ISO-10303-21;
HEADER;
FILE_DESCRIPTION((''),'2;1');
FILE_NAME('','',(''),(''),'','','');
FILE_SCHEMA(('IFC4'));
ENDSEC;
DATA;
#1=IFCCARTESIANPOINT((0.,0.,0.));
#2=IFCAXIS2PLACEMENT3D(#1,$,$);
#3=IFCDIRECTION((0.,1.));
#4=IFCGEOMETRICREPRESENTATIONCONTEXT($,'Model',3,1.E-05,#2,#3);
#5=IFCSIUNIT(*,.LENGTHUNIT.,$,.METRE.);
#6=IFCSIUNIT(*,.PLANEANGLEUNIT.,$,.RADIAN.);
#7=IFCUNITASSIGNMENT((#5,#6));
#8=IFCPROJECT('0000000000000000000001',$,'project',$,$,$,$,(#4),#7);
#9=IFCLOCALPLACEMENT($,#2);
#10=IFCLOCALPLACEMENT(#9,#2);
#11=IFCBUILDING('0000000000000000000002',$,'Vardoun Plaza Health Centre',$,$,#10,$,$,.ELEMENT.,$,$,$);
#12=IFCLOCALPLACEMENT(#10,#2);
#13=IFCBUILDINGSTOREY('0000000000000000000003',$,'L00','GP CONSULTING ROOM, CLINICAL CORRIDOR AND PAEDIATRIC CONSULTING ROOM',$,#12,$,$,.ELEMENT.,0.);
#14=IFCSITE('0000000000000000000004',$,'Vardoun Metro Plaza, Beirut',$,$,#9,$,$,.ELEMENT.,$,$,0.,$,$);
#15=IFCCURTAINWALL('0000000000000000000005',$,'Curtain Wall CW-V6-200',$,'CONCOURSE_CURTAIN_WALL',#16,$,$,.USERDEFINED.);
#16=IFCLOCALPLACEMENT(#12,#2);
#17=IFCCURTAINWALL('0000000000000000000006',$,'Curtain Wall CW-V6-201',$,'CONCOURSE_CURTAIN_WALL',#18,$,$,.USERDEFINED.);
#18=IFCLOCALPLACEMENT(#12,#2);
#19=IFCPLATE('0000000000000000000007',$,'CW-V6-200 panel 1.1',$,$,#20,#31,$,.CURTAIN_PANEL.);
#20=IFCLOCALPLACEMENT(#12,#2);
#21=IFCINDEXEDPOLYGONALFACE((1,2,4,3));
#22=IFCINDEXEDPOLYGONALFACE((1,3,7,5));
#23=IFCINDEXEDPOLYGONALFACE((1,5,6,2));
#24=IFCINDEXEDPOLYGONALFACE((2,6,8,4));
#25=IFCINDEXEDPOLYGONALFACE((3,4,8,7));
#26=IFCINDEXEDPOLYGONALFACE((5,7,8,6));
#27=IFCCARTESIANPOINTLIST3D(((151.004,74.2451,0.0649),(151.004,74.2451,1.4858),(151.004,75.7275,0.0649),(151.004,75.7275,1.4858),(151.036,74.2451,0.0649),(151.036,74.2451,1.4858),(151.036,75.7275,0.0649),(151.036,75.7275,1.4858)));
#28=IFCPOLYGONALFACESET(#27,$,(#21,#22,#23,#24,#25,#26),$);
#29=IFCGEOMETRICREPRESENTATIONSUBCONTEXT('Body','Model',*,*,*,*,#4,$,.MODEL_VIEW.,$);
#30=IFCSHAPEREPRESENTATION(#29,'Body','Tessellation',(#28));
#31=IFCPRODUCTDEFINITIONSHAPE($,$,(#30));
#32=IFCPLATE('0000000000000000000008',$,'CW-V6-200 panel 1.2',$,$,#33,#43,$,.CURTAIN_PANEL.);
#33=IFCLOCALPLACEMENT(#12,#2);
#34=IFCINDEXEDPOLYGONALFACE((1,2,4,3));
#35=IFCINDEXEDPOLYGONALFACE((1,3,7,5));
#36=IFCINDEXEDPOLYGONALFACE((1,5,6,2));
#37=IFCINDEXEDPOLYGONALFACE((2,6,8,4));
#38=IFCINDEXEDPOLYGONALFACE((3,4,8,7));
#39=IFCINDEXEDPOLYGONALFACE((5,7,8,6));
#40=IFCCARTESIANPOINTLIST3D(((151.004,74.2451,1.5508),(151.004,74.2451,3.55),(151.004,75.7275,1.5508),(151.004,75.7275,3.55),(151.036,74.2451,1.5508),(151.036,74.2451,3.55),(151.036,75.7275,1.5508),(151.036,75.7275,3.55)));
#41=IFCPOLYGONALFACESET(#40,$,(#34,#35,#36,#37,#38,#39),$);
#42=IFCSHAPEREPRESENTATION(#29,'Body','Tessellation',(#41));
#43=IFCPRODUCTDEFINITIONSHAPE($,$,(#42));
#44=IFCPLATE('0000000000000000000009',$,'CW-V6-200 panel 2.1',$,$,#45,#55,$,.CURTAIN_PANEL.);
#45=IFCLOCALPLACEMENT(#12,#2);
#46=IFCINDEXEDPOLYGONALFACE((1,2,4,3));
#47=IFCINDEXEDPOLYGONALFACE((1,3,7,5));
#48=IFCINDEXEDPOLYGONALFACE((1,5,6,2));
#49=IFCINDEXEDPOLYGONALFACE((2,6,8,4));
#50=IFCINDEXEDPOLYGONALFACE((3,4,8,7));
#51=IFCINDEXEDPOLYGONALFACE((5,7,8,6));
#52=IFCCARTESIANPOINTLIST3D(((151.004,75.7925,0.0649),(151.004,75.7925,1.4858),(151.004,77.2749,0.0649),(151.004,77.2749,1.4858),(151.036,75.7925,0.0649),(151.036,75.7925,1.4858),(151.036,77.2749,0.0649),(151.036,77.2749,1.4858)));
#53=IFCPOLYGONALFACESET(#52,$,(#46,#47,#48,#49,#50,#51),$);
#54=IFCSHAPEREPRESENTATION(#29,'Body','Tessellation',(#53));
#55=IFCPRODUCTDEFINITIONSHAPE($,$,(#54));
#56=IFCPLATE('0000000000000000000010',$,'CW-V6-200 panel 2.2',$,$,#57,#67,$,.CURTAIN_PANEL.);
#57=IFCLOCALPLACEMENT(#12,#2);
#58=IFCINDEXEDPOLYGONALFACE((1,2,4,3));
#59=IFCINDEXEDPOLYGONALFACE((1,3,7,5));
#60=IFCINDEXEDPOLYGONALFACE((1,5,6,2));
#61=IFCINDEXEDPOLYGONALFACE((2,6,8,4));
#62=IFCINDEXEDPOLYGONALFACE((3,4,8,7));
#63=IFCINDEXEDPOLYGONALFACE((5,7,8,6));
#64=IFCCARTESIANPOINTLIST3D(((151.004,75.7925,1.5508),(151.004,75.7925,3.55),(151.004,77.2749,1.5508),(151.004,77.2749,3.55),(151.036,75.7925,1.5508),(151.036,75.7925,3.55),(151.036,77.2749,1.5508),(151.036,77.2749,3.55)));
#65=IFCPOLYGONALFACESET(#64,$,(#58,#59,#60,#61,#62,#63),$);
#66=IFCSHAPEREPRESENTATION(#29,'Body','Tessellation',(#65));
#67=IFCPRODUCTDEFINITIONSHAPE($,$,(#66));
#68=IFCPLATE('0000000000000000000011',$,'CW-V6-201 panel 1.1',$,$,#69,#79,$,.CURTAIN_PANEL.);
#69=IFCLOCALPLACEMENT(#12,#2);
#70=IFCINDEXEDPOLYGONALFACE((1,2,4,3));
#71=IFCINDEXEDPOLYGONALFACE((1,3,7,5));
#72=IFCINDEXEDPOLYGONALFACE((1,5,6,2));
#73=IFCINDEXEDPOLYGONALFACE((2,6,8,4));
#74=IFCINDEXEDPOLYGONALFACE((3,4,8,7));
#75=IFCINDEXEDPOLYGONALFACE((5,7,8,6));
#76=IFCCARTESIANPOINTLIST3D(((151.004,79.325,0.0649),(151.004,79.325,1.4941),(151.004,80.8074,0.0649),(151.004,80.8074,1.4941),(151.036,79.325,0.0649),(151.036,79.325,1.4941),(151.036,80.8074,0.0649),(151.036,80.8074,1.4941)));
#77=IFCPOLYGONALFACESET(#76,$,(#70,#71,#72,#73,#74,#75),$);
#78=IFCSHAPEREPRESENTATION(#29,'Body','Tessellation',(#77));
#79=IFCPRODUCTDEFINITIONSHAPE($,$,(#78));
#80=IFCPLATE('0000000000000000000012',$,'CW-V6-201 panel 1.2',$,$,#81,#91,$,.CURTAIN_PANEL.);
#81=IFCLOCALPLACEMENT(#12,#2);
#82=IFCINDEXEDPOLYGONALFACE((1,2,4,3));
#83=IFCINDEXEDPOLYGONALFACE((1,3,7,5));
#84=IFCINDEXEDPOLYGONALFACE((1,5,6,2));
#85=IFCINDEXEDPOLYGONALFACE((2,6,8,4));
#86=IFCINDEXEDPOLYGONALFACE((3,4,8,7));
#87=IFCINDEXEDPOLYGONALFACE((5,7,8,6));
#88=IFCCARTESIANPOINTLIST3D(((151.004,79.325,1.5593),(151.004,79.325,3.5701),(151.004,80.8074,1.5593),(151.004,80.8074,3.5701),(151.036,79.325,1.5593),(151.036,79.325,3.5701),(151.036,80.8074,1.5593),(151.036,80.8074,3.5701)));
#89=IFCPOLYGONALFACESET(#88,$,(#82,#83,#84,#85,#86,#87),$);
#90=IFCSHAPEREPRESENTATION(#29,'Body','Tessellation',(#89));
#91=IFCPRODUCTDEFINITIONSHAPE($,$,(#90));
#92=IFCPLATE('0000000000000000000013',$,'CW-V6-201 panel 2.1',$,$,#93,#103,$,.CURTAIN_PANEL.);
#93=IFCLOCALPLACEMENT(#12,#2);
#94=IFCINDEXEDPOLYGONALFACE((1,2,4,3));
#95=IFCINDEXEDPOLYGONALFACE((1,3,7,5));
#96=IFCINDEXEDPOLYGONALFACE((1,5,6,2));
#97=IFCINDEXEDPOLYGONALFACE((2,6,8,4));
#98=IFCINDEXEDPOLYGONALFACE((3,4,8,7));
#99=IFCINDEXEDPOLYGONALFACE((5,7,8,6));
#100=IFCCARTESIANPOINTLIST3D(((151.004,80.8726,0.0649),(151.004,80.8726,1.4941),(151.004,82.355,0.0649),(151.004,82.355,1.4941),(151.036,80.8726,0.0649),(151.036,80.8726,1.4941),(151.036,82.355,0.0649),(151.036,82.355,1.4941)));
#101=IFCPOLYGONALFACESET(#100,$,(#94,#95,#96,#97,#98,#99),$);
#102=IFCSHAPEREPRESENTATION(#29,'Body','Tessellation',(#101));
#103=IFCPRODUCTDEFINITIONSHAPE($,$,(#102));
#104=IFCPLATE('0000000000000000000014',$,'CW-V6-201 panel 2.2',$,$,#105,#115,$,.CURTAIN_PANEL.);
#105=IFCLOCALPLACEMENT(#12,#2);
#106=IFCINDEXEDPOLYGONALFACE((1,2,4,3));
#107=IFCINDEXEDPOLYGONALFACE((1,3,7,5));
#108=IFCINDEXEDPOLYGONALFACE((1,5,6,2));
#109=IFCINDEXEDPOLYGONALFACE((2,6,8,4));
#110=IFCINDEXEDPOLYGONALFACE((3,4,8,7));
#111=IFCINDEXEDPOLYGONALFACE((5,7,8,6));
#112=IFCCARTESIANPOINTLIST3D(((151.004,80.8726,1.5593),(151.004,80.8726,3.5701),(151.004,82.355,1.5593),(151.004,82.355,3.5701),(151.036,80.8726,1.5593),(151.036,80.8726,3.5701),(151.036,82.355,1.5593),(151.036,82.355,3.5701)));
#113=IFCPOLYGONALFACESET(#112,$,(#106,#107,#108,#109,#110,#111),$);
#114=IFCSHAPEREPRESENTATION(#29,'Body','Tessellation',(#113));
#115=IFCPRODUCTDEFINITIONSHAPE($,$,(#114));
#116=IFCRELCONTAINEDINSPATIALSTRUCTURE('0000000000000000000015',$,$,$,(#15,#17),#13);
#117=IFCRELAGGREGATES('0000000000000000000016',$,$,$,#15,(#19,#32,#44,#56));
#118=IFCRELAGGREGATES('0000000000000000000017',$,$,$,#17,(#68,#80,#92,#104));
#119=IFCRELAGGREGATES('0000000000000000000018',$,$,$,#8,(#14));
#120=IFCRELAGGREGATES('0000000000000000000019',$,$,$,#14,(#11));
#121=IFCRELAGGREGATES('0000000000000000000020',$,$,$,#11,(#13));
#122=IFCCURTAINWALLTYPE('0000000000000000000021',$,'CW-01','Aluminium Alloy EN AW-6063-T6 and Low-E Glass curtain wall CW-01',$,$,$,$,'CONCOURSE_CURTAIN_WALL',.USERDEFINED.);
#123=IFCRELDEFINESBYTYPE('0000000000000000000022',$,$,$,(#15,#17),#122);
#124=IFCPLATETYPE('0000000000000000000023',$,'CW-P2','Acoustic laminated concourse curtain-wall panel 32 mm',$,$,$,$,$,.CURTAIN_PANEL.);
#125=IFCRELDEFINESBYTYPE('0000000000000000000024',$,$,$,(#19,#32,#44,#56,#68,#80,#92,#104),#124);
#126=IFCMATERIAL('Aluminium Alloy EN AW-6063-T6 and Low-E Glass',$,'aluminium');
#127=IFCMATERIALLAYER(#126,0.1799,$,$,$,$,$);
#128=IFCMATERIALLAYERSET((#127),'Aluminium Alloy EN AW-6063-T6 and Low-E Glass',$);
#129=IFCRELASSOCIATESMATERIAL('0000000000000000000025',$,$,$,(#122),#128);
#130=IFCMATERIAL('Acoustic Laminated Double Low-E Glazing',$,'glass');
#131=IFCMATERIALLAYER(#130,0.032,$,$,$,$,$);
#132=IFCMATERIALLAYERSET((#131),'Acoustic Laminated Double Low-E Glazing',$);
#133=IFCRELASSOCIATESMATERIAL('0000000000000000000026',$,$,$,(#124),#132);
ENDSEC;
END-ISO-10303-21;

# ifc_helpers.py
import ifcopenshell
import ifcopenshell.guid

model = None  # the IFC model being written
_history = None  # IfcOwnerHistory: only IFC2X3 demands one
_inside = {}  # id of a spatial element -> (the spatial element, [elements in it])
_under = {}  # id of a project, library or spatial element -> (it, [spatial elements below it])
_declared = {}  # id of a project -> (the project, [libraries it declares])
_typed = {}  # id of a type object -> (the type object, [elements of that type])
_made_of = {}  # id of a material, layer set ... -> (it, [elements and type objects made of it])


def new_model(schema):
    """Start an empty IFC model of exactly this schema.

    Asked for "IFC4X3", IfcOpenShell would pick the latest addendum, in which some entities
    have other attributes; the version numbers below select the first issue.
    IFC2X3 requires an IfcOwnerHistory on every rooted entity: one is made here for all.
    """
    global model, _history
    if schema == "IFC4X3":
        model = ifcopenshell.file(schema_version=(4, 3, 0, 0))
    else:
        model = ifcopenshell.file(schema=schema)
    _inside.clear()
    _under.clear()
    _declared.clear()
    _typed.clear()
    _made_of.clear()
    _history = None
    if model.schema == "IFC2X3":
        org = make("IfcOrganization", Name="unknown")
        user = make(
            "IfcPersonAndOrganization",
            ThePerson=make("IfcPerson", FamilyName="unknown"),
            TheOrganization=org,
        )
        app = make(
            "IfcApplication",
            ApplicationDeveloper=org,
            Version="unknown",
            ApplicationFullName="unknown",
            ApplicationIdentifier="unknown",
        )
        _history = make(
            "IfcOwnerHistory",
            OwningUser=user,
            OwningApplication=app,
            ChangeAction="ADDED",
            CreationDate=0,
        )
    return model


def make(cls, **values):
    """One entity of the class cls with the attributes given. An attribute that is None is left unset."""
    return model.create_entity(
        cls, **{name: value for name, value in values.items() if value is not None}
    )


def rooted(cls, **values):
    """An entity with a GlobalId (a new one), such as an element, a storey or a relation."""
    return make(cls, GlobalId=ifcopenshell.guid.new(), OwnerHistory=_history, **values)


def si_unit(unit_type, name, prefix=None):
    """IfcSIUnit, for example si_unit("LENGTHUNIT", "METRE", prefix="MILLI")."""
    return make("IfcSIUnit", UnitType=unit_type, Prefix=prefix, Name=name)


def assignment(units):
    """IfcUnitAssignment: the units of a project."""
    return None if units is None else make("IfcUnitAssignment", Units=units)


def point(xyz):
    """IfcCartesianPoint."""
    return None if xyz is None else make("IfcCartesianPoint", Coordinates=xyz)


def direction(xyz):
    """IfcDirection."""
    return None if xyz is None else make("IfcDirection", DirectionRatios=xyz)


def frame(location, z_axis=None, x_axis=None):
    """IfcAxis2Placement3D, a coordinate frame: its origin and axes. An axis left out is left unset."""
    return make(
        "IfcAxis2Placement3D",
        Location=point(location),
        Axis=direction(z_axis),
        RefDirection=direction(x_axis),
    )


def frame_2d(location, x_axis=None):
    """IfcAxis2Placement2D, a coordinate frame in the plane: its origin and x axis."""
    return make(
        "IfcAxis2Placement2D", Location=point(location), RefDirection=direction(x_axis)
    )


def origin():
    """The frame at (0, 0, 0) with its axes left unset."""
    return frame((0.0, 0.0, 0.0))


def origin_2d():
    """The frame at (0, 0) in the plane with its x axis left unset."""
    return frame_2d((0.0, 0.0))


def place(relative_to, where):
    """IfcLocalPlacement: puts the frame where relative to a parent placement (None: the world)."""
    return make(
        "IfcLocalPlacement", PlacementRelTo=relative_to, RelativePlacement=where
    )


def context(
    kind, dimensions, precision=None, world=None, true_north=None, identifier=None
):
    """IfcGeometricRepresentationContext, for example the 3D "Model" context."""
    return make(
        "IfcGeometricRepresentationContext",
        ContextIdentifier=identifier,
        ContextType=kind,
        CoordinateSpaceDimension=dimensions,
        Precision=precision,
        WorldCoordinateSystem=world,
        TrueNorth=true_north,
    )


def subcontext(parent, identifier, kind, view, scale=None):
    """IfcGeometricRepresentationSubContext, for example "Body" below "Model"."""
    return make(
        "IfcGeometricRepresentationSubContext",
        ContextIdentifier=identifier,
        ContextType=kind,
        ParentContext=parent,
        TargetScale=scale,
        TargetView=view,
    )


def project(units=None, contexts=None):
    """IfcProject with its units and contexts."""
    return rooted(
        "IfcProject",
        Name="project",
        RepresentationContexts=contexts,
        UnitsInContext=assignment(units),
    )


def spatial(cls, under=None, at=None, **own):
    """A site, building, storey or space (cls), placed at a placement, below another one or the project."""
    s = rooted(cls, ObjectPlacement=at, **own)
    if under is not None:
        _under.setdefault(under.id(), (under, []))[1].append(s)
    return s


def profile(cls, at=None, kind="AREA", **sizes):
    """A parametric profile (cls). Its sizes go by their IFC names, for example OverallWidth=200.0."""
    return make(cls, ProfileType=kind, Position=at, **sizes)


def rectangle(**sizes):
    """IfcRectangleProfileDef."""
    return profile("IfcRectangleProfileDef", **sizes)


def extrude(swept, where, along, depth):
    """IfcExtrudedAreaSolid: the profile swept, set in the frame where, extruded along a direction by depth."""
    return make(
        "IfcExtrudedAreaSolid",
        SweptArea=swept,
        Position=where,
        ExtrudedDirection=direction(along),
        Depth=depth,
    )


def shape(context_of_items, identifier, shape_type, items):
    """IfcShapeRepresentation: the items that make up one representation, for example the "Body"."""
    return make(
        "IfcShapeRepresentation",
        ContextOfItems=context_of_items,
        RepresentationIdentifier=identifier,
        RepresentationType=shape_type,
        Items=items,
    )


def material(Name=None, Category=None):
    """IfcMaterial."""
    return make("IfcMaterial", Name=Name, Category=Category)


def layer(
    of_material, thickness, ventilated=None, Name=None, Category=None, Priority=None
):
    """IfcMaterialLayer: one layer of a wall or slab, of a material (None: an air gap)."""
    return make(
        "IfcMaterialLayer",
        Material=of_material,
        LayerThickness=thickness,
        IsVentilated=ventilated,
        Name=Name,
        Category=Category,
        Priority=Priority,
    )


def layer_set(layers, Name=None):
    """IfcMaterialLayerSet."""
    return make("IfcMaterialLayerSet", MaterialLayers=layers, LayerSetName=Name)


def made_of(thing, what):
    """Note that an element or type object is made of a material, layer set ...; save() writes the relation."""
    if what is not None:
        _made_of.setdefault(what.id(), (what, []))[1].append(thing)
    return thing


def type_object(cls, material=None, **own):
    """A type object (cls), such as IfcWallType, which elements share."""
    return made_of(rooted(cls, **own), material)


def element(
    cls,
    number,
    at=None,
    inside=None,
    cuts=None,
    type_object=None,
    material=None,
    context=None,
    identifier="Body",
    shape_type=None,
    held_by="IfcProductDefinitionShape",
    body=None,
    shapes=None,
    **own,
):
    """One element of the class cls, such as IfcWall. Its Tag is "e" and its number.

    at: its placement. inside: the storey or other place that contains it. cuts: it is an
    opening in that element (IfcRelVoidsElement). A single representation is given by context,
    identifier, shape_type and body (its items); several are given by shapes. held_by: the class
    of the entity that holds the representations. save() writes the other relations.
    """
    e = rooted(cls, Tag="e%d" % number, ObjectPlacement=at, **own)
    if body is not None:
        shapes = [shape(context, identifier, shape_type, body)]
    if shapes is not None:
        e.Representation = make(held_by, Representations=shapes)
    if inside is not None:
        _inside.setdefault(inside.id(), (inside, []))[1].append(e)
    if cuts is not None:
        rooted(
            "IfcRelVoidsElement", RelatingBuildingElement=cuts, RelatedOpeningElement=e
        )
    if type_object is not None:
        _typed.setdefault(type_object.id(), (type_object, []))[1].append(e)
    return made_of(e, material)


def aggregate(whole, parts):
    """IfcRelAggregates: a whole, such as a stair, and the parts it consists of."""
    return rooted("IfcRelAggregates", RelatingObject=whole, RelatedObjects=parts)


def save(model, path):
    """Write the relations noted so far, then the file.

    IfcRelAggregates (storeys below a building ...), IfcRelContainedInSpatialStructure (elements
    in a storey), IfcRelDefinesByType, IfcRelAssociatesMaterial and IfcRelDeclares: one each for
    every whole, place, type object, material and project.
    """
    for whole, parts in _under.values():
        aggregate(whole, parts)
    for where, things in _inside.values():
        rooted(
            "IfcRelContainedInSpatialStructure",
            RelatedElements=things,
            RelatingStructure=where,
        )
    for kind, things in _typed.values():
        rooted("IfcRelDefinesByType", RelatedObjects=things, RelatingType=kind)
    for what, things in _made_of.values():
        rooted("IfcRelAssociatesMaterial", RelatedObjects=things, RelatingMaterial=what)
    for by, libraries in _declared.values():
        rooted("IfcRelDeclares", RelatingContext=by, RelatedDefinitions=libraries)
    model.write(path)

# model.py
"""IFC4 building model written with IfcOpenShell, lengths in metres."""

from ifc_helpers import new_model, si_unit, direction, frame, origin, origin_2d, place, context, subcontext, project, spatial, rectangle, extrude, material, layer, layer_set, type_object, element, aggregate, save


model = new_model("IFC4")

# Units and contexts
model_context = context("Model", 3, precision=1e-05, world=origin(), true_north=direction((0.0, 1.0)))
body_context = subcontext(model_context, "Body", "Model", "MODEL_VIEW")
ifc_project = project(units=[si_unit("LENGTHUNIT", "METRE"), si_unit("PLANEANGLEUNIT", "RADIAN")], contexts=[model_context])

# Site, building, storey
site_placement = place(None, origin())
site = spatial("IfcSite", under=ifc_project, at=site_placement, Name="Vardoun Metro Plaza, Beirut", CompositionType="ELEMENT", RefElevation=0.0)
building_placement = place(site_placement, origin())
building = spatial("IfcBuilding", under=site, at=building_placement, Name="Vardoun Plaza Health Centre", CompositionType="ELEMENT")
storey_placement = place(building_placement, origin())
storey = spatial("IfcBuildingStorey", under=building, at=storey_placement, Name="L00", Description="GP CONSULTING ROOM, CLINICAL CORRIDOR AND PAEDIATRIC CONSULTING ROOM", CompositionType="ELEMENT", Elevation=0.0)

# Curtain walls
ifc_material_1 = material(Name="Aluminium Alloy EN AW-6063-T6 and Low-E Glass", Category="aluminium")
ifc_layer_1 = layer(ifc_material_1, 0.1799)
ifc_layer_set_1 = layer_set([ifc_layer_1], Name="Aluminium Alloy EN AW-6063-T6 and Low-E Glass")
curtain_wall_type = type_object("IfcCurtainWallType", Name="CW-01", Description="Aluminium Alloy EN AW-6063-T6 and Low-E Glass curtain wall CW-01", ElementType="CONCOURSE_CURTAIN_WALL", PredefinedType="USERDEFINED", material=ifc_layer_set_1)
curtain_wall_1_placement = place(storey_placement, origin())
curtain_wall_1 = element("IfcCurtainWall", 1, at=curtain_wall_1_placement, inside=storey, type_object=curtain_wall_type, Name="Curtain Wall CW-V6-200", ObjectType="CONCOURSE_CURTAIN_WALL", PredefinedType="USERDEFINED")
curtain_wall_2_placement = place(storey_placement, origin())
curtain_wall_2 = element("IfcCurtainWall", 2, at=curtain_wall_2_placement, inside=storey, type_object=curtain_wall_type, Name="Curtain Wall CW-V6-201", ObjectType="CONCOURSE_CURTAIN_WALL", PredefinedType="USERDEFINED")

# Plates
ifc_material_2 = material(Name="Acoustic Laminated Double Low-E Glazing", Category="glass")
ifc_layer_2 = layer(ifc_material_2, 0.032)
ifc_layer_set_2 = layer_set([ifc_layer_2], Name="Acoustic Laminated Double Low-E Glazing")
plate_type = type_object("IfcPlateType", Name="CW-P2", Description="Acoustic laminated concourse curtain-wall panel 32 mm", PredefinedType="CURTAIN_PANEL", material=ifc_layer_set_2)
plate_1_placement = place(storey_placement, frame((151.02, 74.9863, 0.0649), z_axis=(0.0, 0.0, 1.0), x_axis=(0.0, 1.0, 0.0)))
plate_1 = element("IfcPlate", 3, at=plate_1_placement, type_object=plate_type, Name="CW-V6-200 panel 1.1", PredefinedType="CURTAIN_PANEL", context=body_context, shape_type="SweptSolid", body=[
    extrude(rectangle(XDim=1.4824, YDim=0.032, at=origin_2d()), origin(), (0.0, 0.0, 1.0), 1.4209),
])
plate_2_placement = place(storey_placement, frame((151.02, 74.9863, 1.5508), z_axis=(0.0, 0.0, 1.0), x_axis=(0.0, 1.0, 0.0)))
plate_2 = element("IfcPlate", 4, at=plate_2_placement, type_object=plate_type, Name="CW-V6-200 panel 1.2", PredefinedType="CURTAIN_PANEL", context=body_context, shape_type="SweptSolid", body=[
    extrude(rectangle(XDim=1.4824, YDim=0.032, at=origin_2d()), origin(), (0.0, 0.0, 1.0), 1.9993),
])
plate_3_placement = place(storey_placement, frame((151.02, 76.5337, 0.0649), z_axis=(0.0, 0.0, 1.0), x_axis=(0.0, 1.0, 0.0)))
plate_3 = element("IfcPlate", 5, at=plate_3_placement, type_object=plate_type, Name="CW-V6-200 panel 2.1", PredefinedType="CURTAIN_PANEL", context=body_context, shape_type="SweptSolid", body=[
    extrude(rectangle(XDim=1.4824, YDim=0.032, at=origin_2d()), origin(), (0.0, 0.0, 1.0), 1.4209),
])
plate_4_placement = place(storey_placement, frame((151.02, 76.5337, 1.5508), z_axis=(0.0, 0.0, 1.0), x_axis=(0.0, 1.0, 0.0)))
plate_4 = element("IfcPlate", 6, at=plate_4_placement, type_object=plate_type, Name="CW-V6-200 panel 2.2", PredefinedType="CURTAIN_PANEL", context=body_context, shape_type="SweptSolid", body=[
    extrude(rectangle(XDim=1.4824, YDim=0.032, at=origin_2d()), origin(), (0.0, 0.0, 1.0), 1.9993),
])
aggregate(curtain_wall_1, [plate_1, plate_2, plate_3, plate_4])
plate_5_placement = place(storey_placement, frame((151.02, 80.0662, 0.0649), z_axis=(0.0, 0.0, 1.0), x_axis=(0.0, 1.0, 0.0)))
plate_5 = element("IfcPlate", 7, at=plate_5_placement, type_object=plate_type, Name="CW-V6-201 panel 1.1", PredefinedType="CURTAIN_PANEL", context=body_context, shape_type="SweptSolid", body=[
    extrude(rectangle(XDim=1.4824, YDim=0.032, at=origin_2d()), origin(), (0.0, 0.0, 1.0), 1.4292),
])
plate_6_placement = place(storey_placement, frame((151.02, 80.0662, 1.5593), z_axis=(0.0, 0.0, 1.0), x_axis=(0.0, 1.0, 0.0)))
plate_6 = element("IfcPlate", 8, at=plate_6_placement, type_object=plate_type, Name="CW-V6-201 panel 1.2", PredefinedType="CURTAIN_PANEL", context=body_context, shape_type="SweptSolid", body=[
    extrude(rectangle(XDim=1.4824, YDim=0.032, at=origin_2d()), origin(), (0.0, 0.0, 1.0), 2.0107),
])
plate_7_placement = place(storey_placement, frame((151.02, 81.6138, 0.0649), z_axis=(0.0, 0.0, 1.0), x_axis=(0.0, 1.0, 0.0)))
plate_7 = element("IfcPlate", 9, at=plate_7_placement, type_object=plate_type, Name="CW-V6-201 panel 2.1", PredefinedType="CURTAIN_PANEL", context=body_context, shape_type="SweptSolid", body=[
    extrude(rectangle(XDim=1.4824, YDim=0.032, at=origin_2d()), origin(), (0.0, 0.0, 1.0), 1.4292),
])
plate_8_placement = place(storey_placement, frame((151.02, 81.6138, 1.5593), z_axis=(0.0, 0.0, 1.0), x_axis=(0.0, 1.0, 0.0)))
plate_8 = element("IfcPlate", 10, at=plate_8_placement, type_object=plate_type, Name="CW-V6-201 panel 2.2", PredefinedType="CURTAIN_PANEL", context=body_context, shape_type="SweptSolid", body=[
    extrude(rectangle(XDim=1.4824, YDim=0.032, at=origin_2d()), origin(), (0.0, 0.0, 1.0), 2.0107),
])
aggregate(curtain_wall_2, [plate_5, plate_6, plate_7, plate_8])

save(model, "model.ifc")
